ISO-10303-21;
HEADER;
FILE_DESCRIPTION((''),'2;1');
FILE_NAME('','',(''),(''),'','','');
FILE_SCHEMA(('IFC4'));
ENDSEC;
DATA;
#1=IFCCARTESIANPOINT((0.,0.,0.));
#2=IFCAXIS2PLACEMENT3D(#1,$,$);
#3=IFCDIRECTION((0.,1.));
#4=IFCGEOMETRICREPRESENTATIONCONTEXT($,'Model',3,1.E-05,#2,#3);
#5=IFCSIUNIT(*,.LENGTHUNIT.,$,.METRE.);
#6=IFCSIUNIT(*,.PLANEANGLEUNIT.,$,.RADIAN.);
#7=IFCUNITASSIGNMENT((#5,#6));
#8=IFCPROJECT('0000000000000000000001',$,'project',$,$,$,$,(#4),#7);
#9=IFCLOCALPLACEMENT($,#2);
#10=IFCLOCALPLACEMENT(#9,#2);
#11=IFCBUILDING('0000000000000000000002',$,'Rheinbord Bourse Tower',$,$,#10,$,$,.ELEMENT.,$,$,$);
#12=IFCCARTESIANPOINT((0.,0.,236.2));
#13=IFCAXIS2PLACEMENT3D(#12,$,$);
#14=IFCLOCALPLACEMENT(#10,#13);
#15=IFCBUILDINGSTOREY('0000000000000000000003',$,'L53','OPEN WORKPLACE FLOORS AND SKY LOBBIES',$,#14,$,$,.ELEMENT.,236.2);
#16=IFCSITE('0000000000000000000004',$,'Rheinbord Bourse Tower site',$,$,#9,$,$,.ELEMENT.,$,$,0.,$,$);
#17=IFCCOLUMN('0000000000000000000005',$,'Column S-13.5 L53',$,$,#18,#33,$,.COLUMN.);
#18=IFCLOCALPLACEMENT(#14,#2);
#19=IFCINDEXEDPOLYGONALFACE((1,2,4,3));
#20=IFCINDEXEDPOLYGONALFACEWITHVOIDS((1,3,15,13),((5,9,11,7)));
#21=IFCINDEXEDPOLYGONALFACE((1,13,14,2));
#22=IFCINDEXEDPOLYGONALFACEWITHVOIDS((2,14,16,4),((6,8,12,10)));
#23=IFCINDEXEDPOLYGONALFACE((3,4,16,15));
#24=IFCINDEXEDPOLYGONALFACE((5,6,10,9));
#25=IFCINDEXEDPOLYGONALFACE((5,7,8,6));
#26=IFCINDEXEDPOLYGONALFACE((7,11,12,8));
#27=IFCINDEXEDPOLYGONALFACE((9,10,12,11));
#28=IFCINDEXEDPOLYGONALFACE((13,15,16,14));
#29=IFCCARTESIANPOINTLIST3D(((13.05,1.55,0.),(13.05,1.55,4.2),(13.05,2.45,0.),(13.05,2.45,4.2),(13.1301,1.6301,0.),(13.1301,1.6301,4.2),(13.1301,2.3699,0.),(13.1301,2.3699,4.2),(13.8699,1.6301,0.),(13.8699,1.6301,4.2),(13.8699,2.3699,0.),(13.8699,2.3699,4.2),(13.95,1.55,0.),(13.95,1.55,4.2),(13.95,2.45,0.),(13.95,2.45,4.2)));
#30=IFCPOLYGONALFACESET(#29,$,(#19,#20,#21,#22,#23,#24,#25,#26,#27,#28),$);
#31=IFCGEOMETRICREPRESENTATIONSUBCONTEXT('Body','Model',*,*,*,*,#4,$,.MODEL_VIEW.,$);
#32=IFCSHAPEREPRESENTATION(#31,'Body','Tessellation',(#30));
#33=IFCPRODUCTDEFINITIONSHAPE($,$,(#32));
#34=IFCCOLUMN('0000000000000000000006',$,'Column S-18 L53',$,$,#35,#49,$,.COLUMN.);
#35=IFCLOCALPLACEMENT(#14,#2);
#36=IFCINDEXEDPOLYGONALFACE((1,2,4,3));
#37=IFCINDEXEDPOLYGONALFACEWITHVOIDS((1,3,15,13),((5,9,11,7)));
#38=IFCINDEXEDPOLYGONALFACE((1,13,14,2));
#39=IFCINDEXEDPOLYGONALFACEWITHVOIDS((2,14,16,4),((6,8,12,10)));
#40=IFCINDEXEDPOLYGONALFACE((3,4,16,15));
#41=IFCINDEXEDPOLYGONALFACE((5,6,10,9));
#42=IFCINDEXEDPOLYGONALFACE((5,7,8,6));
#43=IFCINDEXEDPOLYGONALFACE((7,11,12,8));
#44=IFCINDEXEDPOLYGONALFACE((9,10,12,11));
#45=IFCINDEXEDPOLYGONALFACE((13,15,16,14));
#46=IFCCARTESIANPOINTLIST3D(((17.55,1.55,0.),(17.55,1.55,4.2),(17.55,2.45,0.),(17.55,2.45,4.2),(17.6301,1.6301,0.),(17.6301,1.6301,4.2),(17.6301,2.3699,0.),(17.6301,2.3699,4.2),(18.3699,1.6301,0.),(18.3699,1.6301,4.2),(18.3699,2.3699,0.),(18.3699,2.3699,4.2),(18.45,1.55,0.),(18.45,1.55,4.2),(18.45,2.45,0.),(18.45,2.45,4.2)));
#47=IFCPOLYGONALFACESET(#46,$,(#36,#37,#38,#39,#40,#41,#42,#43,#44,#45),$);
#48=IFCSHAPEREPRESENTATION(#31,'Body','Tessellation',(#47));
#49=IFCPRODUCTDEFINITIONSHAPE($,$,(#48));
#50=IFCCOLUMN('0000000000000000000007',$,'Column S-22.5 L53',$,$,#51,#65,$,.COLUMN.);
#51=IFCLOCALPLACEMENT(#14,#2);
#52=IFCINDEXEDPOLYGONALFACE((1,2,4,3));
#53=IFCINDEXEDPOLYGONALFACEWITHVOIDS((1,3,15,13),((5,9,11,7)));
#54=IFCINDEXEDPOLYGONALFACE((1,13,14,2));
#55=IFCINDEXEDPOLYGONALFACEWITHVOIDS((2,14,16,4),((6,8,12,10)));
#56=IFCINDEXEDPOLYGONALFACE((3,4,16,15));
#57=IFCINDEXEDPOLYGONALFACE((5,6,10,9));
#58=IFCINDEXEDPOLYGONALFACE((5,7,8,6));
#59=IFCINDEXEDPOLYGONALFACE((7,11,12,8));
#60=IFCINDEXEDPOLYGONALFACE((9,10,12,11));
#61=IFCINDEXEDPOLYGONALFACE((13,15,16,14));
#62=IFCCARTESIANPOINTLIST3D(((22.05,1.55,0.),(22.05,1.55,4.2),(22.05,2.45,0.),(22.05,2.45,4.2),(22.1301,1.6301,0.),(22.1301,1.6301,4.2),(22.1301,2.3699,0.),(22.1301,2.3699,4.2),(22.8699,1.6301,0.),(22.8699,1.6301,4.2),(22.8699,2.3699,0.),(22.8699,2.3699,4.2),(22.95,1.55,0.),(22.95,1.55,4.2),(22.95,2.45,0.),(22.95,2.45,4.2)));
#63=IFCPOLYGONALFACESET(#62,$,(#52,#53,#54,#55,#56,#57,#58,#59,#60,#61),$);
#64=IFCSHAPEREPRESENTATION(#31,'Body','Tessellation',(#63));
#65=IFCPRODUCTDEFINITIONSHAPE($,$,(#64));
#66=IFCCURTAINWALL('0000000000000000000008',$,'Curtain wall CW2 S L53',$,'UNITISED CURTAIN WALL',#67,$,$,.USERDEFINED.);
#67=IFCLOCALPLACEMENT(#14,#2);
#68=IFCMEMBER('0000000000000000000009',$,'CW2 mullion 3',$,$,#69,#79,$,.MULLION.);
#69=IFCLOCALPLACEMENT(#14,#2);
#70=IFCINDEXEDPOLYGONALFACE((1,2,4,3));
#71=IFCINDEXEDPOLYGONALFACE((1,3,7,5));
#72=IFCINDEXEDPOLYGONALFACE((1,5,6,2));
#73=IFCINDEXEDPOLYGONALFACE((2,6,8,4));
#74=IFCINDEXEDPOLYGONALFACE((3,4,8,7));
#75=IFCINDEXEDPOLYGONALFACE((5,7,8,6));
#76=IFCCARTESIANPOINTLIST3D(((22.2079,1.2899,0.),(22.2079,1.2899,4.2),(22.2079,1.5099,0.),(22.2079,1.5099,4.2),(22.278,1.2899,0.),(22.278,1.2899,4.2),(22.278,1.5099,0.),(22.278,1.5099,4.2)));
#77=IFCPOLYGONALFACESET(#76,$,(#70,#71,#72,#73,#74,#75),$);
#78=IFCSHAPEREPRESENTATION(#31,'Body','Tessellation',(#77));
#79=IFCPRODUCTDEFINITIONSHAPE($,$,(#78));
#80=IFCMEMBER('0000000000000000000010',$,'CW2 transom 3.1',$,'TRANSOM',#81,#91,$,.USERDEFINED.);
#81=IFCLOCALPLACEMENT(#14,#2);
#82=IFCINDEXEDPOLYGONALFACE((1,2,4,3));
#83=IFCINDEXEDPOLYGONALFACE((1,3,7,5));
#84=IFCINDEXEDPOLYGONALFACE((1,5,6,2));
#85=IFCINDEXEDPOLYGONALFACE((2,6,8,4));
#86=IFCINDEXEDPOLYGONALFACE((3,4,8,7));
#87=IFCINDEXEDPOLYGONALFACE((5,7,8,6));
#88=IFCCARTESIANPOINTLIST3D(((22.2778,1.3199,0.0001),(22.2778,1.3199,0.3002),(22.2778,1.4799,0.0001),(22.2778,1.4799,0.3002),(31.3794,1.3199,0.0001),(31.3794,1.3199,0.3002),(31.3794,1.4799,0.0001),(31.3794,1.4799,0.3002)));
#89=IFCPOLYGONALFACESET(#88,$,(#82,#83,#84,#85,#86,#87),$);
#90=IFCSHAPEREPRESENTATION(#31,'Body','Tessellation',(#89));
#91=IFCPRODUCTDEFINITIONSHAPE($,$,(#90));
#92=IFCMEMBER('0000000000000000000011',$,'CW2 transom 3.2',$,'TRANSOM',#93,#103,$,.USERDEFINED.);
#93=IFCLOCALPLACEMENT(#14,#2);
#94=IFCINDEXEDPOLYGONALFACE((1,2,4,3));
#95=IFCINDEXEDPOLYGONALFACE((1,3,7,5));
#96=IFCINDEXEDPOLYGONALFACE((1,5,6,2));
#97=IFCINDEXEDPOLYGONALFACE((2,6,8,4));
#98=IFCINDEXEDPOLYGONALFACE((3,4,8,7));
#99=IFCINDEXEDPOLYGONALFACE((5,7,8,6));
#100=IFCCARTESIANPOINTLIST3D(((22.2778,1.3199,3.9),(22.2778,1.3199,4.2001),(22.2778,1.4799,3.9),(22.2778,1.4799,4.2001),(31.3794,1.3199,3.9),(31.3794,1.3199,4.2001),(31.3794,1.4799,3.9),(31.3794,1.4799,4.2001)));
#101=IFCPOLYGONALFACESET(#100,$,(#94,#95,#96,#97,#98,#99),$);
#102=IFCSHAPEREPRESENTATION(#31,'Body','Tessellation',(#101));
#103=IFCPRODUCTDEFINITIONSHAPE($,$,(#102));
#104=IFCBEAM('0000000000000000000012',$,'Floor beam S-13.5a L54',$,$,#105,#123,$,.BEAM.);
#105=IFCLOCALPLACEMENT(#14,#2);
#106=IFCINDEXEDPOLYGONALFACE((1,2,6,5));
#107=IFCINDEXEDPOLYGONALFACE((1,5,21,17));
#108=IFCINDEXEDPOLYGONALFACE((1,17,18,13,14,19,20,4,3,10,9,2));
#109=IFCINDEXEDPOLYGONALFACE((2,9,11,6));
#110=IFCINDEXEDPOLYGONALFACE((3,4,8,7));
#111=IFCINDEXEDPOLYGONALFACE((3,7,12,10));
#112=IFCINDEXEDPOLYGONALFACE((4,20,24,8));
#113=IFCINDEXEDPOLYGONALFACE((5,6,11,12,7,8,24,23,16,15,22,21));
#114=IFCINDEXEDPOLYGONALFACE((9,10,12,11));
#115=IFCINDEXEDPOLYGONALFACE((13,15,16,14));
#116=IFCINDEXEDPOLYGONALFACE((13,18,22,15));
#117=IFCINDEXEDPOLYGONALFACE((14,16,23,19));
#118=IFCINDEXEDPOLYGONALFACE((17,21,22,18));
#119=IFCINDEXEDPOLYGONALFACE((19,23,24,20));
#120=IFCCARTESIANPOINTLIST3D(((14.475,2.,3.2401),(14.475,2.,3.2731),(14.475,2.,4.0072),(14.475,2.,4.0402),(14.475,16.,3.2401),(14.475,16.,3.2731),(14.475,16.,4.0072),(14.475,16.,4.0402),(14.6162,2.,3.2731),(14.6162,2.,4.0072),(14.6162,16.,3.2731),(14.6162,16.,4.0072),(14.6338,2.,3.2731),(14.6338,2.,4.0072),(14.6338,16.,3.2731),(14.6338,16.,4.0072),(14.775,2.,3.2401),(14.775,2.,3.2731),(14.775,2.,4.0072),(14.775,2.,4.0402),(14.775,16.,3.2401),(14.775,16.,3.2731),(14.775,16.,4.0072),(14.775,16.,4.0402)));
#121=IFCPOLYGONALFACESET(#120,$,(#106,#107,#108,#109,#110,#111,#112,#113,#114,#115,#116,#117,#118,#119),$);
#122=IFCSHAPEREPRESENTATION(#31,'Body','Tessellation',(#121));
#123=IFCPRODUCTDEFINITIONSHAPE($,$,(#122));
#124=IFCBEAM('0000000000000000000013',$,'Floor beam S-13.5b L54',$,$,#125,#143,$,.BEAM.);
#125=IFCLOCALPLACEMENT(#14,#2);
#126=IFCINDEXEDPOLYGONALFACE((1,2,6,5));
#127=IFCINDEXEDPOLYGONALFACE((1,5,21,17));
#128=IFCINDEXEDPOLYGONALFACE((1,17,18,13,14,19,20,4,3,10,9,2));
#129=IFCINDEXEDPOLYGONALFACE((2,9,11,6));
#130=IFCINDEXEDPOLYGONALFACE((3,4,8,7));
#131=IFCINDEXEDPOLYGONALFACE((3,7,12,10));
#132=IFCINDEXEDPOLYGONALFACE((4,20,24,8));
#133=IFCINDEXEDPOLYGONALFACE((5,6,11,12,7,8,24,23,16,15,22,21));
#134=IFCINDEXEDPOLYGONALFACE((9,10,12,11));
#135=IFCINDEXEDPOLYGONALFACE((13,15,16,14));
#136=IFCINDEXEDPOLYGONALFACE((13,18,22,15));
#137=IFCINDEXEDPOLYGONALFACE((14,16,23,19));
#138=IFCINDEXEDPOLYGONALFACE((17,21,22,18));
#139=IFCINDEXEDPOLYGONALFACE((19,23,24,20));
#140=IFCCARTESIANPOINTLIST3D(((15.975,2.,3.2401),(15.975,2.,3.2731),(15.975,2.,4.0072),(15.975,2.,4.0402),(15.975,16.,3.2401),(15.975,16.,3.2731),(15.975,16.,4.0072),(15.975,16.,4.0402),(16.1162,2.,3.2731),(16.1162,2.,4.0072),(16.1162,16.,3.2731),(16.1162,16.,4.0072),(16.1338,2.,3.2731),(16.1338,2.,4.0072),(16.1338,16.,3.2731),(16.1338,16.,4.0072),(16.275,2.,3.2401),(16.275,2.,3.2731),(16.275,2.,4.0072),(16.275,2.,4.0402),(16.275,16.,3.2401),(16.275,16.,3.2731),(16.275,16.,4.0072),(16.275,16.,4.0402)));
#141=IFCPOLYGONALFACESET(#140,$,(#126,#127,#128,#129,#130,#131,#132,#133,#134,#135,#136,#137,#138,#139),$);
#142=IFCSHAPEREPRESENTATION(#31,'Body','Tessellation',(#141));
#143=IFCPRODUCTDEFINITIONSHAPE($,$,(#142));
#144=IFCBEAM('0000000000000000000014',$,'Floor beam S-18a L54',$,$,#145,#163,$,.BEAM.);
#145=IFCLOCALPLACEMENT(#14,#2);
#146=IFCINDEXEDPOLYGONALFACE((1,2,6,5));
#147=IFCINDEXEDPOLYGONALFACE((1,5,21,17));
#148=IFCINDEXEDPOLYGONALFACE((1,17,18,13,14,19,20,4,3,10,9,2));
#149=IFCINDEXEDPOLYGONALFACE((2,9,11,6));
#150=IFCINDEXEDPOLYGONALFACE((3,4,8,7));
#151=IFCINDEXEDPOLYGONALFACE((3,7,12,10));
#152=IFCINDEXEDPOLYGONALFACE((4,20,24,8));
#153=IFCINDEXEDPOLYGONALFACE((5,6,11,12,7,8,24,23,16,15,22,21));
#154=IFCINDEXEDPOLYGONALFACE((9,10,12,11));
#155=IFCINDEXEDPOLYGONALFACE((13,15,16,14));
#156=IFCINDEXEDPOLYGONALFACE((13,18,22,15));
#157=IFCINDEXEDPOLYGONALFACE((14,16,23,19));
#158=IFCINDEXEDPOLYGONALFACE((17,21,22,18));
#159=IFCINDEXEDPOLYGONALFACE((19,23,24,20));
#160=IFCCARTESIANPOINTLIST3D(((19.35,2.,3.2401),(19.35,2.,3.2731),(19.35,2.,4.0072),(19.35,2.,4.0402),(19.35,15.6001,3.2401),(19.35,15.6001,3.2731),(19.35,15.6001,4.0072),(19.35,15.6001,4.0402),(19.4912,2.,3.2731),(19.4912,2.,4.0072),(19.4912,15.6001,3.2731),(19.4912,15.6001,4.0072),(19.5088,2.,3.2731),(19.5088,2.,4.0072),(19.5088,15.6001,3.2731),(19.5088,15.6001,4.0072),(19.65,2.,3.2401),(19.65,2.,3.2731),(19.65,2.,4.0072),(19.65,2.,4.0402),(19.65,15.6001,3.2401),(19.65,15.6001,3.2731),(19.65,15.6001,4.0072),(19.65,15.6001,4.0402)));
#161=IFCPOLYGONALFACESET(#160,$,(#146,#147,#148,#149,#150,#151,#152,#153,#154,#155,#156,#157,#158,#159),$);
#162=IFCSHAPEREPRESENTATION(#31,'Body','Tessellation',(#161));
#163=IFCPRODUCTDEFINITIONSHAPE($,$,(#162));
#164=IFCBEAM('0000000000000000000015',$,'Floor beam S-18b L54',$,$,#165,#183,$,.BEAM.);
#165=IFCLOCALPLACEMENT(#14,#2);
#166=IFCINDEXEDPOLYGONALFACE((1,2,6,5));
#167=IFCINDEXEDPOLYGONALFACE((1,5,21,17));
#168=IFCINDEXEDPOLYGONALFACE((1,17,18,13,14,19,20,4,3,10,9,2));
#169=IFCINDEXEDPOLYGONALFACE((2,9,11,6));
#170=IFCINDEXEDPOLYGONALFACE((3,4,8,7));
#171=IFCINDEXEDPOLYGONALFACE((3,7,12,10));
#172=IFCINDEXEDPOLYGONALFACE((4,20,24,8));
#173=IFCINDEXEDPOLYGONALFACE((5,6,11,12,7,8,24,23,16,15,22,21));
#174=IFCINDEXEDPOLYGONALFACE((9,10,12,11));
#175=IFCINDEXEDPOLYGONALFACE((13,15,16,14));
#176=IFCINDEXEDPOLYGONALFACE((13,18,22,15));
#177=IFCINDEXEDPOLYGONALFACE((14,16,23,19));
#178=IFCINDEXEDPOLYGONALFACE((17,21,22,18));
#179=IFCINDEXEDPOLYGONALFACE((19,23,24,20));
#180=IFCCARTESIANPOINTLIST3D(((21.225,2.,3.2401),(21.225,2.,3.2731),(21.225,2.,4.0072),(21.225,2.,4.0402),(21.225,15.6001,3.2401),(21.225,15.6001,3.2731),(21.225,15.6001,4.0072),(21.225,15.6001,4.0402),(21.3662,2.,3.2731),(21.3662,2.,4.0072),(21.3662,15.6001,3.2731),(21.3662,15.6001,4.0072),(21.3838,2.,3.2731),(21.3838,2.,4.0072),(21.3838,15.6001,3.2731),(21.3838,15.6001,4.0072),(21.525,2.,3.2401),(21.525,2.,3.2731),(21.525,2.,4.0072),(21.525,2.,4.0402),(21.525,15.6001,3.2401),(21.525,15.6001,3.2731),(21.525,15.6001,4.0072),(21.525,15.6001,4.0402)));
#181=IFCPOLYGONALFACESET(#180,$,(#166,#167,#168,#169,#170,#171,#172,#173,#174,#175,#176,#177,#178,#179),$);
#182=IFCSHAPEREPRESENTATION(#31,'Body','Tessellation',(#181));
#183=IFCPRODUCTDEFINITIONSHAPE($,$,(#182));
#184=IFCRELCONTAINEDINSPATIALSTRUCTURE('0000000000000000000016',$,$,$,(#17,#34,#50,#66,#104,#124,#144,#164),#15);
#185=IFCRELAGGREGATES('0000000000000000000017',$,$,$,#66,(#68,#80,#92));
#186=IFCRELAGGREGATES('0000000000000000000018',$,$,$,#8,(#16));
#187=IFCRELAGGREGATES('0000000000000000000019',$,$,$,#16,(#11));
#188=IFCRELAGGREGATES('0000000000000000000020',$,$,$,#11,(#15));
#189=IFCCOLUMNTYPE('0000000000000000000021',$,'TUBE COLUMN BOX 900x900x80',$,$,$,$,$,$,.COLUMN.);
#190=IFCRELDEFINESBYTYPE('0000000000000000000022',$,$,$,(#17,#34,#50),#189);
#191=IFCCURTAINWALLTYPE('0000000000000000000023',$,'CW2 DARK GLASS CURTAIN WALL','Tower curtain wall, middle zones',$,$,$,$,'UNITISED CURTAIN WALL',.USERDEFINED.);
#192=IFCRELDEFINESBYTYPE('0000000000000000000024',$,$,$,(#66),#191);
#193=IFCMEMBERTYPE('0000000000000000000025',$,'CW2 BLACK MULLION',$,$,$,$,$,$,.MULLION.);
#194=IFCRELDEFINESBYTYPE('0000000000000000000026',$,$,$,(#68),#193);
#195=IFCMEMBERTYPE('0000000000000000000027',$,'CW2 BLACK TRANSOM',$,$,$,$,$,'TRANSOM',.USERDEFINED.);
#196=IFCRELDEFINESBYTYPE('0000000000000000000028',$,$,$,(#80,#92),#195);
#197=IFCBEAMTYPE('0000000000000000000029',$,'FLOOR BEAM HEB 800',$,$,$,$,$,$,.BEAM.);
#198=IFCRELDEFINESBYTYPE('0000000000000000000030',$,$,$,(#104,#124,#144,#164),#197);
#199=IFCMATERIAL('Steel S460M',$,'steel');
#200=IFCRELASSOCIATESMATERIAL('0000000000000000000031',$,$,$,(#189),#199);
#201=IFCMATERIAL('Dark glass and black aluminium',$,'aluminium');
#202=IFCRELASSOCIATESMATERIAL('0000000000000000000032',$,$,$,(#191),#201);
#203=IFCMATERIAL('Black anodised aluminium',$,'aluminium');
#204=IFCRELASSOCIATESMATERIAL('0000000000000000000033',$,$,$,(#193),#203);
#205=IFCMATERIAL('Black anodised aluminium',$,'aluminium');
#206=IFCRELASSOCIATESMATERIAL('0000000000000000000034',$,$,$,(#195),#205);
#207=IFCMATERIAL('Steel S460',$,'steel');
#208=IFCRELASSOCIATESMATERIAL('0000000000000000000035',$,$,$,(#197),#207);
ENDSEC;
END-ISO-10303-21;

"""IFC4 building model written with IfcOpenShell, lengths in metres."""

from ifc_helpers import new_model, si_unit, direction, frame, origin, origin_2d, place, context, subcontext, project, spatial, rectangle, hollow_rectangle, i_section, extrude, material, material_profile, profile_set, type_object, element, aggregate, save


model = new_model("IFC4")

# Units and contexts
model_context = context("Model", 3, precision=1e-05, world=origin(), true_north=direction((0.0, 1.0)))
body_context = subcontext(model_context, "Body", "Model", "MODEL_VIEW")
ifc_project = project(units=[si_unit("LENGTHUNIT", "METRE"), si_unit("PLANEANGLEUNIT", "RADIAN")], contexts=[model_context])

# Site, building, storey
site_placement = place(None, origin())
site = spatial("IfcSite", under=ifc_project, at=site_placement, Name="Rheinbord Bourse Tower site", CompositionType="ELEMENT", RefElevation=0.0)
building_placement = place(site_placement, origin())
building = spatial("IfcBuilding", under=site, at=building_placement, Name="Rheinbord Bourse Tower", CompositionType="ELEMENT")
storey_placement = place(building_placement, frame((0.0, 0.0, 236.2)))
storey = spatial("IfcBuildingStorey", under=building, at=storey_placement, Name="L53", Description="OPEN WORKPLACE FLOORS AND SKY LOBBIES", CompositionType="ELEMENT", Elevation=236.2)

# Columns
ifc_material_1 = material(Name="Steel S460M", Category="steel")
ifc_material_profile_1 = material_profile(ifc_material_1, hollow_rectangle(XDim=0.8999, YDim=0.8999, WallThickness=0.0801, at=origin_2d()), Name="BOX 900x900x80")
ifc_profile_set_1 = profile_set([ifc_material_profile_1], Name="Steel S460M")
column_type = type_object("IfcColumnType", Name="TUBE COLUMN BOX 900x900x80", PredefinedType="COLUMN", material=ifc_profile_set_1)
for number, where, z_axis, x_axis, name in (
    (1, (13.5, 2.0, 0.0), (0.0, 0.0, 1.0), (0.0, 1.0, 0.0), "Column S-13.5 L53"),
    (2, (18.0, 2.0, 0.0), (0.0, 0.0, 1.0), (0.0, 1.0, 0.0), "Column S-18 L53"),
    (3, (22.5, 2.0, 0.0), (0.0, 0.0, 1.0), (0.0, 1.0, 0.0), "Column S-22.5 L53"),
):
    element("IfcColumn", number, at=place(storey_placement, frame(where, z_axis=z_axis, x_axis=x_axis)), inside=storey, type_object=column_type, Name=name, PredefinedType="COLUMN", context=body_context, shape_type="SweptSolid", body=[
        extrude(hollow_rectangle(XDim=0.8999, YDim=0.8999, WallThickness=0.0801, at=origin_2d()), origin(), (0.0, 0.0, 1.0), 4.2),
    ])

# Curtain wall, members
ifc_material_2 = material(Name="Dark glass and black aluminium", Category="aluminium")
curtain_wall_type = type_object("IfcCurtainWallType", Name="CW2 DARK GLASS CURTAIN WALL", Description="Tower curtain wall, middle zones", ElementType="UNITISED CURTAIN WALL", PredefinedType="USERDEFINED", material=ifc_material_2)
curtain_wall_placement = place(storey_placement, origin())
curtain_wall = element("IfcCurtainWall", 4, at=curtain_wall_placement, inside=storey, type_object=curtain_wall_type, Name="Curtain wall CW2 S L53", ObjectType="UNITISED CURTAIN WALL", PredefinedType="USERDEFINED")
ifc_material_3 = material(Name="Black anodised aluminium", Category="aluminium")
ifc_material_profile_2 = material_profile(ifc_material_3, rectangle(XDim=0.22, YDim=0.0701, at=origin_2d()), Name="CW2 MULLION 70x220")
ifc_profile_set_2 = profile_set([ifc_material_profile_2], Name="Black anodised aluminium")
member_type_1 = type_object("IfcMemberType", Name="CW2 BLACK MULLION", PredefinedType="MULLION", material=ifc_profile_set_2)
member_1_placement = place(storey_placement, frame((22.2429, 1.3999, 0.0), z_axis=(0.0, 0.0, 1.0), x_axis=(0.0, 1.0, 0.0)))
member_1 = element("IfcMember", 5, at=member_1_placement, type_object=member_type_1, Name="CW2 mullion 3", PredefinedType="MULLION", context=body_context, shape_type="SweptSolid", body=[
    extrude(rectangle(XDim=0.22, YDim=0.0701, at=origin_2d()), origin(), (0.0, 0.0, 1.0), 4.2),
])
ifc_material_4 = material(Name="Black anodised aluminium", Category="aluminium")
ifc_material_profile_3 = material_profile(ifc_material_4, rectangle(XDim=0.1599, YDim=0.3, at=origin_2d()), Name="CW2 TRANSOM 300x160")
ifc_profile_set_3 = profile_set([ifc_material_profile_3], Name="Black anodised aluminium")
member_type_2 = type_object("IfcMemberType", Name="CW2 BLACK TRANSOM", ElementType="TRANSOM", PredefinedType="USERDEFINED", material=ifc_profile_set_3)
member_2_placement = place(storey_placement, frame((22.2778, 1.3999, 0.1501), z_axis=(1.0, 0.0, 0.0), x_axis=(0.0, 1.0, 0.0)))
member_2 = element("IfcMember", 6, at=member_2_placement, type_object=member_type_2, Name="CW2 transom 3.1", ObjectType="TRANSOM", PredefinedType="USERDEFINED", context=body_context, shape_type="SweptSolid", body=[
    extrude(rectangle(XDim=0.1599, YDim=0.3, at=origin_2d()), origin(), (0.0, 0.0, 1.0), 9.1016),
])
member_3_placement = place(storey_placement, frame((22.2778, 1.3999, 4.05), z_axis=(1.0, 0.0, 0.0), x_axis=(0.0, 1.0, 0.0)))
member_3 = element("IfcMember", 7, at=member_3_placement, type_object=member_type_2, Name="CW2 transom 3.2", ObjectType="TRANSOM", PredefinedType="USERDEFINED", context=body_context, shape_type="SweptSolid", body=[
    extrude(rectangle(XDim=0.1599, YDim=0.3, at=origin_2d()), origin(), (0.0, 0.0, 1.0), 9.1016),
])

# Beams
ifc_material_5 = material(Name="Steel S460", Category="steel")
ifc_material_profile_4 = material_profile(ifc_material_5, i_section(OverallWidth=0.3, OverallDepth=0.8, WebThickness=0.0176, FlangeThickness=0.033, at=origin_2d()), Name="HEB 800")
ifc_profile_set_4 = profile_set([ifc_material_profile_4], Name="Steel S460")
beam_type_1 = type_object("IfcBeamType", Name="FLOOR BEAM HEB 800", PredefinedType="BEAM", material=ifc_profile_set_4)
for number, where, z_axis, x_axis, name in (
    (8, (14.625, 2.0, 3.6401), (0.0, 1.0, 0.0), (-1.0, 0.0, 0.0), "Floor beam S-13.5a L54"),
    (9, (16.125, 2.0, 3.6401), (0.0, 1.0, 0.0), (-1.0, 0.0, 0.0), "Floor beam S-13.5b L54"),
):
    element("IfcBeam", number, at=place(storey_placement, frame(where, z_axis=z_axis, x_axis=x_axis)), inside=storey, type_object=beam_type_1, Name=name, PredefinedType="BEAM", context=body_context, shape_type="SweptSolid", body=[
        extrude(i_section(OverallWidth=0.3, OverallDepth=0.8, WebThickness=0.0176, FlangeThickness=0.033, at=origin_2d()), origin(), (0.0, 0.0, 1.0), 14.0),
    ])
for number, where, z_axis, x_axis, name in (
    (10, (19.5, 2.0, 3.6401), (0.0, 1.0, 0.0), (-1.0, 0.0, 0.0), "Floor beam S-18a L54"),
    (11, (21.375, 2.0, 3.6401), (0.0, 1.0, 0.0), (-1.0, 0.0, 0.0), "Floor beam S-18b L54"),
):
    element("IfcBeam", number, at=place(storey_placement, frame(where, z_axis=z_axis, x_axis=x_axis)), inside=storey, type_object=beam_type_1, Name=name, PredefinedType="BEAM", context=body_context, shape_type="SweptSolid", body=[
        extrude(i_section(OverallWidth=0.3, OverallDepth=0.8, WebThickness=0.0176, FlangeThickness=0.033, at=origin_2d()), origin(), (0.0, 0.0, 1.0), 13.6001),
    ])

aggregate(curtain_wall, [member_1, member_2, member_3])

save(model, "model.ifc")
